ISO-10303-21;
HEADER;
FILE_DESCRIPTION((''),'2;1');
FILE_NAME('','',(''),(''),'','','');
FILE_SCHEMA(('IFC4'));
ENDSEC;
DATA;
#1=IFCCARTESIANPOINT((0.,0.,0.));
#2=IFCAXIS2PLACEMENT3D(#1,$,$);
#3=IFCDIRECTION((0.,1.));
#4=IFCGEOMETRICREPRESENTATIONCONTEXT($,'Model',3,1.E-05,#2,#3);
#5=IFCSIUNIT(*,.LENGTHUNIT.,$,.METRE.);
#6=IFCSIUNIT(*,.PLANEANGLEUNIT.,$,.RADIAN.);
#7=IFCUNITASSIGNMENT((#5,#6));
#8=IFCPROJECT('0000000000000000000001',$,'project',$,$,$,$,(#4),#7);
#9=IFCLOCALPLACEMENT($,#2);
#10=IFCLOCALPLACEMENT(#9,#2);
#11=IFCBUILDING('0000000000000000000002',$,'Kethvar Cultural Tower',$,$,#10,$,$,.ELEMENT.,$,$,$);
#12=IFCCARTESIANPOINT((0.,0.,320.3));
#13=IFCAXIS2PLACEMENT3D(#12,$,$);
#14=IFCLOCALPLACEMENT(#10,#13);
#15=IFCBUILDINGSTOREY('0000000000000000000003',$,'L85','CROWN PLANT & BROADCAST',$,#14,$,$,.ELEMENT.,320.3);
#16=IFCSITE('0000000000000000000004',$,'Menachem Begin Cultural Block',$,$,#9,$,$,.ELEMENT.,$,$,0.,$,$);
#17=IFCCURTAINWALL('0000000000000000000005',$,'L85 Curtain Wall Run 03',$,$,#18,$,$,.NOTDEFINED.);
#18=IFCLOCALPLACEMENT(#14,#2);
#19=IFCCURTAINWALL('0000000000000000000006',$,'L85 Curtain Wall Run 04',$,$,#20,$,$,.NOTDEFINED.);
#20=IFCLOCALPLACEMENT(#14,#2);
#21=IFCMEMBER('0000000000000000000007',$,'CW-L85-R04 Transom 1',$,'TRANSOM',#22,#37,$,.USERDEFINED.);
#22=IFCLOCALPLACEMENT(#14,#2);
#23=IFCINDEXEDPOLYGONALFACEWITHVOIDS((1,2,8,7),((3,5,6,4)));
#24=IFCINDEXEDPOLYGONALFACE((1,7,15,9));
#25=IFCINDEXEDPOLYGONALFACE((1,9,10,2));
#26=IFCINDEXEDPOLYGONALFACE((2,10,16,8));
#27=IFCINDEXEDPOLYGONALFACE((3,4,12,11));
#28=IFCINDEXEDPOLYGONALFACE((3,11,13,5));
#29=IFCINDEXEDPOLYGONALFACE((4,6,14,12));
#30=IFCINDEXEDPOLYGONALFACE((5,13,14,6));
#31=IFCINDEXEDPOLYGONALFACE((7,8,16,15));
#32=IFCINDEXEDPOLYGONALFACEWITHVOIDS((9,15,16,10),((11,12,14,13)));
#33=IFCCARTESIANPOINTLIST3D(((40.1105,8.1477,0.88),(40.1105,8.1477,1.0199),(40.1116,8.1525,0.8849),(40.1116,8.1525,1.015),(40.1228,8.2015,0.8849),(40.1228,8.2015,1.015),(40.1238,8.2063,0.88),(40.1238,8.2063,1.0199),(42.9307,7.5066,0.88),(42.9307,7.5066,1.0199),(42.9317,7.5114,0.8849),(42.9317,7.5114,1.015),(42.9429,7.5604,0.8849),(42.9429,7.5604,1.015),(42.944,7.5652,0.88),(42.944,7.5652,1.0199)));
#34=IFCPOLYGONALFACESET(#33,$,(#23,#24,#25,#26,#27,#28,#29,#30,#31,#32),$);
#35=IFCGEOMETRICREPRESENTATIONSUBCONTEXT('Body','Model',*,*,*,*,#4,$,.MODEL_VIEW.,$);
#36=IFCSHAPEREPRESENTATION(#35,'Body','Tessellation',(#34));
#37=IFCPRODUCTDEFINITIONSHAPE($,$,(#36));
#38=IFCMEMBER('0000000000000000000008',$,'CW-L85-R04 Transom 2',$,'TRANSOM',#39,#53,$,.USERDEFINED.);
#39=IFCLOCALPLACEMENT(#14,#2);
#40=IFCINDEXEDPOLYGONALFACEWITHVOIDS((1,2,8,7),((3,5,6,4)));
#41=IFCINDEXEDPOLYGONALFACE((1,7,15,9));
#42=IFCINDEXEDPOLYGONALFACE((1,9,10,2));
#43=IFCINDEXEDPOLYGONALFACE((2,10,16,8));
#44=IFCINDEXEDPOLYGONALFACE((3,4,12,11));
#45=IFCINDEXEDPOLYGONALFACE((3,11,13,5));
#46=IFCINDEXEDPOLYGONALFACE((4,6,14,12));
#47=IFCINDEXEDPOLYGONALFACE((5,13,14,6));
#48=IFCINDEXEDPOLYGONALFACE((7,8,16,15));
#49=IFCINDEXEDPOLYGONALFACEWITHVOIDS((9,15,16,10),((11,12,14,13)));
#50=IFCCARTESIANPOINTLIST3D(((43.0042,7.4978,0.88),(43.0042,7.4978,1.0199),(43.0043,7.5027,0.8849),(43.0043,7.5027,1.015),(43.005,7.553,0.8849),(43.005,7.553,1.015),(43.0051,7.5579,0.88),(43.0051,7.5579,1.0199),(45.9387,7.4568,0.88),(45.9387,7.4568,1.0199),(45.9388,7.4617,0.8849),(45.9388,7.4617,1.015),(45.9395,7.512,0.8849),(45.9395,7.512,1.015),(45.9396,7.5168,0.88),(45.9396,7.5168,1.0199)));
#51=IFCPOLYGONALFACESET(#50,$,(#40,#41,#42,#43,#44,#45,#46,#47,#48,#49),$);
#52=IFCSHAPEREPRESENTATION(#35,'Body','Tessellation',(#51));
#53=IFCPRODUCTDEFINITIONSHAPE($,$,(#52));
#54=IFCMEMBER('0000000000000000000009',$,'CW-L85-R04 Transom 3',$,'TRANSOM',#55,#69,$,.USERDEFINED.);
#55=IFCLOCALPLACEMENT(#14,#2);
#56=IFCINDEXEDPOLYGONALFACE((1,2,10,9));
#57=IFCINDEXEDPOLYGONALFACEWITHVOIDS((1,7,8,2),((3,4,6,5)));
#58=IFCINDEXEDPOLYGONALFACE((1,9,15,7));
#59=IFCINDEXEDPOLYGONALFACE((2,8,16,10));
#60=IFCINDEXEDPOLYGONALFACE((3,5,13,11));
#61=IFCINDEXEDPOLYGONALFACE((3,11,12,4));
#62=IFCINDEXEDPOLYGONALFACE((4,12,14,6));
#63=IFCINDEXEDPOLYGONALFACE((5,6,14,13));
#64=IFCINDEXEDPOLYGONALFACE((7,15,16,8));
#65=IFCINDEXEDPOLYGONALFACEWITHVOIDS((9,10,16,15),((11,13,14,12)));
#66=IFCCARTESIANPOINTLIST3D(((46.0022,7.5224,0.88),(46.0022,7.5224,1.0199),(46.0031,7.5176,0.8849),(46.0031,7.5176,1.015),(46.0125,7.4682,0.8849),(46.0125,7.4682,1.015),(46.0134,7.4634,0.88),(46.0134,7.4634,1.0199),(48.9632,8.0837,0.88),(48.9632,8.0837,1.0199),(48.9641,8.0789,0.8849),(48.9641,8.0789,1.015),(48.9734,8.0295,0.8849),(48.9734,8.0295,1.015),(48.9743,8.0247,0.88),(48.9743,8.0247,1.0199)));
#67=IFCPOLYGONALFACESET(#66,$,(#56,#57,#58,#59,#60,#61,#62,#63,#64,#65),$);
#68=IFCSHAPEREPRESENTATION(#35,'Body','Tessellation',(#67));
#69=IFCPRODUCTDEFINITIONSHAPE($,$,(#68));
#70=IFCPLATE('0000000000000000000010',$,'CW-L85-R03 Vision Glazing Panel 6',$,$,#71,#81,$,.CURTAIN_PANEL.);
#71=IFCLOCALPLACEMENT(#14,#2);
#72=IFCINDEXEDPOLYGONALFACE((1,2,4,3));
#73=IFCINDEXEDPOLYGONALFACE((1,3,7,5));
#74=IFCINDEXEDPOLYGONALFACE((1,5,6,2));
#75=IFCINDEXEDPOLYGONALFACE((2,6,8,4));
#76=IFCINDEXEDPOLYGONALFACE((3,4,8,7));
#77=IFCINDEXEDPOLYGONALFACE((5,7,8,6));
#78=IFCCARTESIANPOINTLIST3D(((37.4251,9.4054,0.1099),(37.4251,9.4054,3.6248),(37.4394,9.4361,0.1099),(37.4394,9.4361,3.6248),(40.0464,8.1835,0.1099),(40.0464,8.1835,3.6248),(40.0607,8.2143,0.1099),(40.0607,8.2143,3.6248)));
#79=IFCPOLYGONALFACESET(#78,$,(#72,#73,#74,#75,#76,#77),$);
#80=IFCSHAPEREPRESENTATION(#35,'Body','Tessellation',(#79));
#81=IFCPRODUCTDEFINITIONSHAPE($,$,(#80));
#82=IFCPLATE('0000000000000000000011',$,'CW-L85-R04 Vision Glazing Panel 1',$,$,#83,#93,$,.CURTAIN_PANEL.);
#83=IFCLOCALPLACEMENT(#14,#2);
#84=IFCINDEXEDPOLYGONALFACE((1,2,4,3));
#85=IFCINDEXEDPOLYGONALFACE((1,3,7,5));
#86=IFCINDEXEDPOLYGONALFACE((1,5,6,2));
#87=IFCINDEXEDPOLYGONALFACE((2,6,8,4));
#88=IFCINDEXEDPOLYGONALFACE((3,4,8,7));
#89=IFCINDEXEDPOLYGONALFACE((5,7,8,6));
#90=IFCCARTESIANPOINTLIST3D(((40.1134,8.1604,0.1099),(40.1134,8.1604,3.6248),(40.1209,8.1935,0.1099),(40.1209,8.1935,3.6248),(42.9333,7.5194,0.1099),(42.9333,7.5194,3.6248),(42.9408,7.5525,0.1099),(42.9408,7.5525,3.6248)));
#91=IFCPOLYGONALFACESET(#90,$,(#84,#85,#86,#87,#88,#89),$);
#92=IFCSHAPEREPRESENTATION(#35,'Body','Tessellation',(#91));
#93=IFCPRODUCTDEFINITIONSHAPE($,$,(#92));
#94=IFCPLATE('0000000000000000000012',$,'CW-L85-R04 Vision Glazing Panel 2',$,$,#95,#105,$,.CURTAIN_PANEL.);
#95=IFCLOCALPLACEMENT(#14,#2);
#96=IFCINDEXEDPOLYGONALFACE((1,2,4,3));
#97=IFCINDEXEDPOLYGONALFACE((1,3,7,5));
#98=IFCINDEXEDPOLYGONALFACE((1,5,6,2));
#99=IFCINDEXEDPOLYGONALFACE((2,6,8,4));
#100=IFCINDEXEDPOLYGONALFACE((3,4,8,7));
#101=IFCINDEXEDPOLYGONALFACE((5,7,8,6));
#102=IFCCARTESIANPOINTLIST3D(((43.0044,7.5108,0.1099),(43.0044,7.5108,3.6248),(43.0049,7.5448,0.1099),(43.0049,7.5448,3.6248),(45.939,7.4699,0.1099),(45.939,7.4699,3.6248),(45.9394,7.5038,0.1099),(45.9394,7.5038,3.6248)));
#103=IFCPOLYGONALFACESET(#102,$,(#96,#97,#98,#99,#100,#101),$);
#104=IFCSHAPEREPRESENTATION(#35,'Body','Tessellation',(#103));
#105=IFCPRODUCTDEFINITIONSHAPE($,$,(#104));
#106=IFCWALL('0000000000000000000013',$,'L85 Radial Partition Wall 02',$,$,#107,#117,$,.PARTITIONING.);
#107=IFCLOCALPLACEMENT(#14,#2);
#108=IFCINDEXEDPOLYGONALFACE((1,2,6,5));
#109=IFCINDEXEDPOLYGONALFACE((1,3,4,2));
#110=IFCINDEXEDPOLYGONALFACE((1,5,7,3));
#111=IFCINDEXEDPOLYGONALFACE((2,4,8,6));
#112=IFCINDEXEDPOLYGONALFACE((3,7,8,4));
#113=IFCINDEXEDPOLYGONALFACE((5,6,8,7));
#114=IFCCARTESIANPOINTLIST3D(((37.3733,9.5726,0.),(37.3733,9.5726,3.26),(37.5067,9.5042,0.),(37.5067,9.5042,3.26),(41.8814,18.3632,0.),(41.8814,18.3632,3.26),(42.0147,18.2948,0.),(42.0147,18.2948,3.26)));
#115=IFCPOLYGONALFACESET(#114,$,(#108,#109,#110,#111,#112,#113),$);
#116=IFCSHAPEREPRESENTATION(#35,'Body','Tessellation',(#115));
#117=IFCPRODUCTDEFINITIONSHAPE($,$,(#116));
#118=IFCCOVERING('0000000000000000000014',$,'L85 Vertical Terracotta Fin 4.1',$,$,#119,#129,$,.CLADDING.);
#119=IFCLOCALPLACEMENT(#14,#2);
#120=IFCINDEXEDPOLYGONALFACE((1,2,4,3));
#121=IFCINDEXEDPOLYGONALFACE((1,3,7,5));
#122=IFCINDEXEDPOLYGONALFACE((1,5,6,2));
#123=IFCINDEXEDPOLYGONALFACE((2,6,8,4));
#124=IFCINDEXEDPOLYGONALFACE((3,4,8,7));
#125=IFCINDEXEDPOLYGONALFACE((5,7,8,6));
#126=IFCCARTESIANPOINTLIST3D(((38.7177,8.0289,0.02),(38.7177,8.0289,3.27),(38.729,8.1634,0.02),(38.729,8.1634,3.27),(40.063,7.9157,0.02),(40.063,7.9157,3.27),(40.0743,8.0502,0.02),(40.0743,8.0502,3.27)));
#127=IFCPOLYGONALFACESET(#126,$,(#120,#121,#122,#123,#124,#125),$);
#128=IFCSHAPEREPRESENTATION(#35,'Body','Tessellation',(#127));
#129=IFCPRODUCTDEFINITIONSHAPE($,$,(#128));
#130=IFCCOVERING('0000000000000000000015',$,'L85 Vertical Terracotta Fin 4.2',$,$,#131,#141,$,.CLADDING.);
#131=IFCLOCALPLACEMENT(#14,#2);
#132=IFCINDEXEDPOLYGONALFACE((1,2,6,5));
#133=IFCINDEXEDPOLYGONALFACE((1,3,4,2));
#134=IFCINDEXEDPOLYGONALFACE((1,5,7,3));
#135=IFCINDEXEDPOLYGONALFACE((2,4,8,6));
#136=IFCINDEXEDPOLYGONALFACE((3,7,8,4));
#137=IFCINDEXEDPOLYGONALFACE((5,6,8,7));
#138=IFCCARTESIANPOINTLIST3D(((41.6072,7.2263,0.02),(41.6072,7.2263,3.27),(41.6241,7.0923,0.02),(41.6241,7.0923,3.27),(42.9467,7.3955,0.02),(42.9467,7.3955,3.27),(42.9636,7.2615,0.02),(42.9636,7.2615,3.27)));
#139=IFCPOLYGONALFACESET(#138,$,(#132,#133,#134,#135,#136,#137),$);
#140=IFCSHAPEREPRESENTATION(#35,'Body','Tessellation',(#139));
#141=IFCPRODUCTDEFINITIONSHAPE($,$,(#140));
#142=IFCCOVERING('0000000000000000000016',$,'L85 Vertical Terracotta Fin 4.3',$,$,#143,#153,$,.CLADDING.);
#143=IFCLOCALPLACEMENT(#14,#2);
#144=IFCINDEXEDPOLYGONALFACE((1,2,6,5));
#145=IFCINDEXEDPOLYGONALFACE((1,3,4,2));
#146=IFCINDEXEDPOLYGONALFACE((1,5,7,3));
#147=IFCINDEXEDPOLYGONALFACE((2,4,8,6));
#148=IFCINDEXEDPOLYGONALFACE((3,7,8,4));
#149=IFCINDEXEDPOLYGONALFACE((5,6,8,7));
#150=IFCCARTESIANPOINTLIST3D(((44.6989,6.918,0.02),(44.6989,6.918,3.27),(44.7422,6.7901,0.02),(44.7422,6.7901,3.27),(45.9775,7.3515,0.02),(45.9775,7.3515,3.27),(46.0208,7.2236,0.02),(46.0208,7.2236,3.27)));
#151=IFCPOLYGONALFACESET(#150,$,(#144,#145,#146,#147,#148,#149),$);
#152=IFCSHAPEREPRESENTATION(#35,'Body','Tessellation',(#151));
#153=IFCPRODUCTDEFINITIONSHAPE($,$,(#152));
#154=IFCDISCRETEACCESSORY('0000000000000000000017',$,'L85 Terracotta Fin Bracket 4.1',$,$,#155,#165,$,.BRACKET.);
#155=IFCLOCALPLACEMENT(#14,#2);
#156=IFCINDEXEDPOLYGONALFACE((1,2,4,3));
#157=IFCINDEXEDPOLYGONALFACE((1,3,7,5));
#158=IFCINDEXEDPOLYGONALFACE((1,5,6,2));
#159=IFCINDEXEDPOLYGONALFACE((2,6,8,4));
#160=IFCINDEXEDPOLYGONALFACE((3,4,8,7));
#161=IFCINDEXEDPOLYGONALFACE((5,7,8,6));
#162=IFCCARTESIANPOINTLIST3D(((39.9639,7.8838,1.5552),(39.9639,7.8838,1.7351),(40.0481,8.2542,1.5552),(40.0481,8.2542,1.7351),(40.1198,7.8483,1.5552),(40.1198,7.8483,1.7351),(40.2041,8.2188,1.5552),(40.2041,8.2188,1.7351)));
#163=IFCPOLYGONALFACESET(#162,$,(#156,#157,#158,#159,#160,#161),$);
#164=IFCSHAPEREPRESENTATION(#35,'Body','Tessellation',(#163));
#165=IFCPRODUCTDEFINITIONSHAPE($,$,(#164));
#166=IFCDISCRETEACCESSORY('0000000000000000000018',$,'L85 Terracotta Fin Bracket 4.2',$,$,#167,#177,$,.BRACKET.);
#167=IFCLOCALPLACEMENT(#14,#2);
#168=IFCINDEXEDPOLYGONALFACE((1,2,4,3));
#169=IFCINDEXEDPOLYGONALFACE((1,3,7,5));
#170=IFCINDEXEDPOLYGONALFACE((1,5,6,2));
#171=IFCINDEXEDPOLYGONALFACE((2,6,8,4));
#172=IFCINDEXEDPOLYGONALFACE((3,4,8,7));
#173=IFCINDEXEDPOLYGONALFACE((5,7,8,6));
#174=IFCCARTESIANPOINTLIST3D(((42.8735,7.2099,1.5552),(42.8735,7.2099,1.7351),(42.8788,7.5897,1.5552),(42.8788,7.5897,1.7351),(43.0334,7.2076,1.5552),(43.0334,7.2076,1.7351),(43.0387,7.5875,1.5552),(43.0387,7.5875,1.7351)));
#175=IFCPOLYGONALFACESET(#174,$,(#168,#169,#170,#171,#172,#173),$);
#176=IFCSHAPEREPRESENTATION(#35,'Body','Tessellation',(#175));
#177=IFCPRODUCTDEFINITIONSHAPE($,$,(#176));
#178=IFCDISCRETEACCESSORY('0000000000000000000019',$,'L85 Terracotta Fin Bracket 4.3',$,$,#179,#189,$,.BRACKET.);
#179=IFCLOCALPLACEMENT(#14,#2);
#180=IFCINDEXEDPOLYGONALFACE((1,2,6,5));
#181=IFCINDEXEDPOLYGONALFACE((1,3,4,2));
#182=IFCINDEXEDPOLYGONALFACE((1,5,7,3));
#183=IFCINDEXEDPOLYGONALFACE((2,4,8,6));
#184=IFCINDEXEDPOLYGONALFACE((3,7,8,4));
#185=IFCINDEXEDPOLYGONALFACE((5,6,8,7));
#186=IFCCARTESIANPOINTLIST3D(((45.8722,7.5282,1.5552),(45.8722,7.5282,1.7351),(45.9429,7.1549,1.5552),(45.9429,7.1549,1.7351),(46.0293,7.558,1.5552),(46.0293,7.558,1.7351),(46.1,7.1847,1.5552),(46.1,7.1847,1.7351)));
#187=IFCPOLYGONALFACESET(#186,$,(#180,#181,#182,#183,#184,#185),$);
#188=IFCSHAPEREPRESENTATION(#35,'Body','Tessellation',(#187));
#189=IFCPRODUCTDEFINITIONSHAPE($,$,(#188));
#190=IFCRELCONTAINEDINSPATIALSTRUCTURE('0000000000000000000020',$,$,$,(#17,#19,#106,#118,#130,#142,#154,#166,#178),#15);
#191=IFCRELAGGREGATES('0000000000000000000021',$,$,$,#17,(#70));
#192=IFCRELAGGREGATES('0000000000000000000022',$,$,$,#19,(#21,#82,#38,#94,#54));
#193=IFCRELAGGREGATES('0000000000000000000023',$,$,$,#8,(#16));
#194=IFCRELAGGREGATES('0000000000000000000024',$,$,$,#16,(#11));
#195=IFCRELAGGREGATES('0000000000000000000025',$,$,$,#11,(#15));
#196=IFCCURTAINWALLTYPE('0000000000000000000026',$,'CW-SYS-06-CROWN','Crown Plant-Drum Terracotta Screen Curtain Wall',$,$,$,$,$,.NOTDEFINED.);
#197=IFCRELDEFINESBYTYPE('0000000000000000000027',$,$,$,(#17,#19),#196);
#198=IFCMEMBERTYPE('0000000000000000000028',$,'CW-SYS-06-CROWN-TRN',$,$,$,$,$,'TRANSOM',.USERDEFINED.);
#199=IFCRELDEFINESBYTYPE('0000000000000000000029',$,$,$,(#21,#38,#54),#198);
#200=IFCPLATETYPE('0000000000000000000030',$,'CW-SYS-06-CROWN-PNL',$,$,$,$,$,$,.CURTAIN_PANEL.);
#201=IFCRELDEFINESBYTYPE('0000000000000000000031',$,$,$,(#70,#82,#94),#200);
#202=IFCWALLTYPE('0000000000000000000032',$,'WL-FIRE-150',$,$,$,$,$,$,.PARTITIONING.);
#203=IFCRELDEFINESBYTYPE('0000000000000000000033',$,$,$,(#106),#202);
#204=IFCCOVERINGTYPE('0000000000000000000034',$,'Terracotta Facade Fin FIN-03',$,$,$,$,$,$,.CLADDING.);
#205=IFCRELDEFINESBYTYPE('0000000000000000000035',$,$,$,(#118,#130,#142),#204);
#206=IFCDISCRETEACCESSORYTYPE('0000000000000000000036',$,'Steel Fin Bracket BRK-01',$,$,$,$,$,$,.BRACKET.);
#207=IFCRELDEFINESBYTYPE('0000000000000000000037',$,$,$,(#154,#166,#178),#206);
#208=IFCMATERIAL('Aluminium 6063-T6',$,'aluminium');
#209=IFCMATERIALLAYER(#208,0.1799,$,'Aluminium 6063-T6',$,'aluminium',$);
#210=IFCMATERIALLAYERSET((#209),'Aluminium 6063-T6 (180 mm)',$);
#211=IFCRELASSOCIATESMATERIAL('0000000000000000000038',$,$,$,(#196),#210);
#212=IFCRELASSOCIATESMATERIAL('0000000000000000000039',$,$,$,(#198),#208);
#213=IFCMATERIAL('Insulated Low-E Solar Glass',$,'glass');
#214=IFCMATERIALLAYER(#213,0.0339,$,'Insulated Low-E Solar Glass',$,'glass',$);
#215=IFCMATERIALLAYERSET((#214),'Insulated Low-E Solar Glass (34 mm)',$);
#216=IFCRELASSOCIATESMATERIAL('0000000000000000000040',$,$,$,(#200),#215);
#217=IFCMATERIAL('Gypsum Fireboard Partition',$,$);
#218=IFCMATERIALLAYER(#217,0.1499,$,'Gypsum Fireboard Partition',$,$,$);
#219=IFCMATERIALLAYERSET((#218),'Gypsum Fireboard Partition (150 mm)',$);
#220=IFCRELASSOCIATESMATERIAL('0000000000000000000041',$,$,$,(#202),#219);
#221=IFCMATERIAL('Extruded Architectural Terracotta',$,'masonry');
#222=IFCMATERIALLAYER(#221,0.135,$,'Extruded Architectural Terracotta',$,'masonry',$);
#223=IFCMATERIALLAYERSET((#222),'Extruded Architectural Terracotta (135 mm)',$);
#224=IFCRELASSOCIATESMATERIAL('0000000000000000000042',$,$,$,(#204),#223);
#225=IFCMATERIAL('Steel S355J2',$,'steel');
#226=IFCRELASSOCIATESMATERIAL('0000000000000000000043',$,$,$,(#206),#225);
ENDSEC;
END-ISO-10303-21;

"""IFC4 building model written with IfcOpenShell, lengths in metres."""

from ifc_helpers import new_model, si_unit, direction, frame, frame_2d, origin, origin_2d, place, context, subcontext, project, spatial, rectangle, hollow_rectangle, extrude, source, transform, mapped, material, layer, layer_set, material_profile, profile_set, type_object, element, aggregate, save


model = new_model("IFC4")

# Units and contexts
model_context = context("Model", 3, precision=1e-05, world=origin(), true_north=direction((0.0, 1.0)))
body_context = subcontext(model_context, "Body", "Model", "MODEL_VIEW")
ifc_project = project(units=[si_unit("LENGTHUNIT", "METRE"), si_unit("PLANEANGLEUNIT", "RADIAN")], contexts=[model_context])

# Site, building, storey
site_placement = place(None, origin())
site = spatial("IfcSite", under=ifc_project, at=site_placement, Name="Menachem Begin Cultural Block", CompositionType="ELEMENT", RefElevation=0.0)
building_placement = place(site_placement, origin())
building = spatial("IfcBuilding", under=site, at=building_placement, Name="Kethvar Cultural Tower", CompositionType="ELEMENT")
storey_placement = place(building_placement, frame((0.0, 0.0, 320.3)))
storey = spatial("IfcBuildingStorey", under=building, at=storey_placement, Name="L85", Description="CROWN PLANT & BROADCAST", CompositionType="ELEMENT", Elevation=320.3)

# Shared definitions
ifc_material_1 = material(Name="Steel S355J2", Category="steel")

# Curtain wall
ifc_material_2 = material(Name="Aluminium 6063-T6", Category="aluminium")
ifc_layer_1 = layer(ifc_material_2, 0.1799, Name="Aluminium 6063-T6", Category="aluminium")
ifc_layer_set_1 = layer_set([ifc_layer_1], Name="Aluminium 6063-T6 (180 mm)")
curtain_wall_type = type_object("IfcCurtainWallType", Name="CW-SYS-06-CROWN", Description="Crown Plant-Drum Terracotta Screen Curtain Wall", PredefinedType="NOTDEFINED", material=ifc_layer_set_1)
curtain_wall_1_placement = place(storey_placement, origin())
curtain_wall_1 = element("IfcCurtainWall", 1, at=curtain_wall_1_placement, inside=storey, type_object=curtain_wall_type, Name="L85 Curtain Wall Run 03", PredefinedType="NOTDEFINED")

# Curtain wall
curtain_wall_2_placement = place(storey_placement, origin())
curtain_wall_2 = element("IfcCurtainWall", 2, at=curtain_wall_2_placement, inside=storey, type_object=curtain_wall_type, Name="L85 Curtain Wall Run 04", PredefinedType="NOTDEFINED")

# Members
ifc_material_profile_1 = material_profile(ifc_material_2, hollow_rectangle(XDim=0.0601, YDim=0.1399, WallThickness=0.0049, at=origin_2d()), Name="Aluminium 6063-T6 — RHS140x60x5")
ifc_profile_set_1 = profile_set([ifc_material_profile_1], Name="Aluminium 6063-T6 — RHS140x60x5")
member_type_1 = type_object("IfcMemberType", Name="CW-SYS-06-CROWN-TRN", ElementType="TRANSOM", PredefinedType="USERDEFINED", material=ifc_profile_set_1)
shared_shape_1 = source(origin(), body_context, "Body", "SweptSolid", [
    extrude(hollow_rectangle(XDim=0.0601, YDim=0.1399, WallThickness=0.0049, at=origin_2d()), origin(), (0.0, 0.0, 1.0), 2.8921),
])
member_1_placement = place(storey_placement, frame((40.1172, 8.177, 0.95), z_axis=(0.975119, -0.221683, 0.0), x_axis=(0.221683, 0.975119, 0.0)))
member_1 = element("IfcMember", 3, at=member_1_placement, type_object=member_type_1, Name="CW-L85-R04 Transom 1", ObjectType="TRANSOM", PredefinedType="USERDEFINED", context=body_context, shape_type="MappedRepresentation", body=[
    mapped(shared_shape_1, transform((0.0, 0.0, 0.0), scale=1.0)),
])
shared_shape_2 = source(origin(), body_context, "Body", "SweptSolid", [
    extrude(hollow_rectangle(XDim=0.0601, YDim=0.1399, WallThickness=0.0049, at=origin_2d()), origin(), (0.0, 0.0, 1.0), 2.9348),
])
member_2_placement = place(storey_placement, frame((43.0046, 7.5278, 0.95), z_axis=(0.999902, -0.013975, 0.0), x_axis=(0.013975, 0.999902, 0.0)))
member_2 = element("IfcMember", 4, at=member_2_placement, type_object=member_type_1, Name="CW-L85-R04 Transom 2", ObjectType="TRANSOM", PredefinedType="USERDEFINED", context=body_context, shape_type="MappedRepresentation", body=[
    mapped(shared_shape_2, transform((0.0, 0.0, 0.0), scale=1.0)),
])
shared_shape_3 = source(origin(), body_context, "Body", "SweptSolid", [
    extrude(hollow_rectangle(XDim=0.0601, YDim=0.1399, WallThickness=0.0049, at=origin_2d()), origin(), (0.0, 0.0, 1.0), 3.0137),
])
member_3_placement = place(storey_placement, frame((46.0078, 7.4929, 0.95), z_axis=(0.982503, 0.186245, 0.0), x_axis=(-0.186245, 0.982503, 0.0)))
member_3 = element("IfcMember", 5, at=member_3_placement, type_object=member_type_1, Name="CW-L85-R04 Transom 3", ObjectType="TRANSOM", PredefinedType="USERDEFINED", context=body_context, shape_type="MappedRepresentation", body=[
    mapped(shared_shape_3, transform((0.0, 0.0, 0.0), scale=1.0)),
])

# Plates
ifc_material_3 = material(Name="Insulated Low-E Solar Glass", Category="glass")
ifc_layer_2 = layer(ifc_material_3, 0.0339, Name="Insulated Low-E Solar Glass", Category="glass")
ifc_layer_set_2 = layer_set([ifc_layer_2], Name="Insulated Low-E Solar Glass (34 mm)")
plate_type = type_object("IfcPlateType", Name="CW-SYS-06-CROWN-PNL", PredefinedType="CURTAIN_PANEL", material=ifc_layer_set_2)
shared_shape_4 = source(origin(), body_context, "Body", "SweptSolid", [
    extrude(rectangle(XDim=2.8921, YDim=0.0339, at=origin_2d()), origin(), (0.0, 0.0, 1.0), 3.5149),
])
plate_1_placement = place(storey_placement, frame((38.7429, 8.8098, 0.1099), z_axis=(0.0, 0.0, 1.0), x_axis=(0.906374, -0.422476, 0.0)))
plate_1 = element("IfcPlate", 6, at=plate_1_placement, type_object=plate_type, Name="CW-L85-R03 Vision Glazing Panel 6", PredefinedType="CURTAIN_PANEL", context=body_context, shape_type="MappedRepresentation", body=[
    mapped(shared_shape_4, transform((0.0, 0.0, 0.0), scale=1.0)),
])
aggregate(curtain_wall_1, [plate_1])
shared_shape_5 = source(origin(), body_context, "Body", "SweptSolid", [
    extrude(rectangle(XDim=2.8918, YDim=0.0339, at=origin_2d()), origin(), (0.0, 0.0, 1.0), 3.5149),
])
plate_2_placement = place(storey_placement, frame((41.5271, 7.8564, 0.1099), z_axis=(0.0, 0.0, 1.0), x_axis=(0.975118, -0.221685, 0.0)))
plate_2 = element("IfcPlate", 7, at=plate_2_placement, type_object=plate_type, Name="CW-L85-R04 Vision Glazing Panel 1", PredefinedType="CURTAIN_PANEL", context=body_context, shape_type="MappedRepresentation", body=[
    mapped(shared_shape_5, transform((0.0, 0.0, 0.0), scale=1.0)),
])
shared_shape_6 = source(origin(), body_context, "Body", "SweptSolid", [
    extrude(rectangle(XDim=2.9348, YDim=0.0339, at=origin_2d()), origin(), (0.0, 0.0, 1.0), 3.5149),
])
plate_3_placement = place(storey_placement, frame((44.4719, 7.5073, 0.1099), z_axis=(0.0, 0.0, 1.0), x_axis=(0.999903, -0.013962, 0.0)))
plate_3 = element("IfcPlate", 8, at=plate_3_placement, type_object=plate_type, Name="CW-L85-R04 Vision Glazing Panel 2", PredefinedType="CURTAIN_PANEL", context=body_context, shape_type="MappedRepresentation", body=[
    mapped(shared_shape_6, transform((0.0, 0.0, 0.0), scale=1.0)),
])
aggregate(curtain_wall_2, [member_1, plate_2, member_2, plate_3, member_3])

# Wall
ifc_material_4 = material(Name="Gypsum Fireboard Partition")
ifc_layer_3 = layer(ifc_material_4, 0.1499, Name="Gypsum Fireboard Partition")
ifc_layer_set_3 = layer_set([ifc_layer_3], Name="Gypsum Fireboard Partition (150 mm)")
wall_type_1 = type_object("IfcWallType", Name="WL-FIRE-150", PredefinedType="PARTITIONING", material=ifc_layer_set_3)
wall_1_placement = place(storey_placement, frame((41.948, 18.3289, 0.0), z_axis=(0.0, 0.0, 1.0), x_axis=(-0.456324, -0.889814, 0.0)))
element("IfcWall", 9, at=wall_1_placement, inside=storey, type_object=wall_type_1, Name="L85 Radial Partition Wall 02", PredefinedType="PARTITIONING", context=body_context, shape_type="SweptSolid", body=[
    extrude(rectangle(XDim=9.8792, YDim=0.1499, at=frame_2d((4.9395, 0.0))), origin(), (0.0, 0.0, 1.0), 3.26),
])

# Coverings
ifc_material_5 = material(Name="Extruded Architectural Terracotta", Category="masonry")
ifc_layer_4 = layer(ifc_material_5, 0.135, Name="Extruded Architectural Terracotta", Category="masonry")
ifc_layer_set_4 = layer_set([ifc_layer_4], Name="Extruded Architectural Terracotta (135 mm)")
covering_type = type_object("IfcCoveringType", Name="Terracotta Facade Fin FIN-03", PredefinedType="CLADDING", material=ifc_layer_set_4)
shared_shape_7 = source(origin(), body_context, "Body", "SweptSolid", [
    extrude(rectangle(XDim=1.3501, YDim=0.135, at=origin_2d()), origin(), (0.0, 0.0, 1.0), 3.25),
])
for number, where, z_axis, x_axis, name in (
    (10, (39.396, 8.0396, 0.02), (0.0, 0.0, 1.0), (-0.996478, 0.083852, 0.0), "L85 Vertical Terracotta Fin 4.1"),
    (11, (42.2854, 7.2439, 0.02), (0.0, 0.0, 1.0), (-0.992115, -0.125333, 0.0), "L85 Vertical Terracotta Fin 4.2"),
    (12, (45.3599, 7.0708, 0.02), (0.0, 0.0, 1.0), (-0.947042, -0.321109, 0.0), "L85 Vertical Terracotta Fin 4.3"),
):
    element("IfcCovering", number, at=place(storey_placement, frame(where, z_axis=z_axis, x_axis=x_axis)), inside=storey, type_object=covering_type, Name=name, PredefinedType="CLADDING", context=body_context, shape_type="MappedRepresentation", body=[
        mapped(shared_shape_7, transform((0.0, 0.0, 0.0), scale=1.0)),
    ])

# Discrete accessories
discrete_accessory_type = type_object("IfcDiscreteAccessoryType", Name="Steel Fin Bracket BRK-01", PredefinedType="BRACKET", material=ifc_material_1)
shared_shape_8 = source(origin(), body_context, "Body", "SweptSolid", [
    extrude(rectangle(XDim=0.3799, YDim=0.1599, at=origin_2d()), origin(), (0.0, 0.0, 1.0), 0.1799),
])
for number, where, z_axis, x_axis, name in (
    (13, (40.084, 8.0513, 1.5552), (0.0, 0.0, 1.0), (-0.221719, -0.975111, 0.0), "L85 Terracotta Fin Bracket 4.1"),
    (14, (42.9561, 7.3987, 1.5552), (0.0, 0.0, 1.0), (-0.013962, -0.999903, 0.0), "L85 Terracotta Fin Bracket 4.2"),
    (15, (45.9861, 7.3564, 1.5552), (0.0, 0.0, 1.0), (0.186181, -0.982515, 0.0), "L85 Terracotta Fin Bracket 4.3"),
):
    element("IfcDiscreteAccessory", number, at=place(storey_placement, frame(where, z_axis=z_axis, x_axis=x_axis)), inside=storey, type_object=discrete_accessory_type, Name=name, PredefinedType="BRACKET", context=body_context, shape_type="MappedRepresentation", body=[
        mapped(shared_shape_8, transform((0.0, 0.0, 0.0), scale=1.0)),
    ])

save(model, "model.ifc")
